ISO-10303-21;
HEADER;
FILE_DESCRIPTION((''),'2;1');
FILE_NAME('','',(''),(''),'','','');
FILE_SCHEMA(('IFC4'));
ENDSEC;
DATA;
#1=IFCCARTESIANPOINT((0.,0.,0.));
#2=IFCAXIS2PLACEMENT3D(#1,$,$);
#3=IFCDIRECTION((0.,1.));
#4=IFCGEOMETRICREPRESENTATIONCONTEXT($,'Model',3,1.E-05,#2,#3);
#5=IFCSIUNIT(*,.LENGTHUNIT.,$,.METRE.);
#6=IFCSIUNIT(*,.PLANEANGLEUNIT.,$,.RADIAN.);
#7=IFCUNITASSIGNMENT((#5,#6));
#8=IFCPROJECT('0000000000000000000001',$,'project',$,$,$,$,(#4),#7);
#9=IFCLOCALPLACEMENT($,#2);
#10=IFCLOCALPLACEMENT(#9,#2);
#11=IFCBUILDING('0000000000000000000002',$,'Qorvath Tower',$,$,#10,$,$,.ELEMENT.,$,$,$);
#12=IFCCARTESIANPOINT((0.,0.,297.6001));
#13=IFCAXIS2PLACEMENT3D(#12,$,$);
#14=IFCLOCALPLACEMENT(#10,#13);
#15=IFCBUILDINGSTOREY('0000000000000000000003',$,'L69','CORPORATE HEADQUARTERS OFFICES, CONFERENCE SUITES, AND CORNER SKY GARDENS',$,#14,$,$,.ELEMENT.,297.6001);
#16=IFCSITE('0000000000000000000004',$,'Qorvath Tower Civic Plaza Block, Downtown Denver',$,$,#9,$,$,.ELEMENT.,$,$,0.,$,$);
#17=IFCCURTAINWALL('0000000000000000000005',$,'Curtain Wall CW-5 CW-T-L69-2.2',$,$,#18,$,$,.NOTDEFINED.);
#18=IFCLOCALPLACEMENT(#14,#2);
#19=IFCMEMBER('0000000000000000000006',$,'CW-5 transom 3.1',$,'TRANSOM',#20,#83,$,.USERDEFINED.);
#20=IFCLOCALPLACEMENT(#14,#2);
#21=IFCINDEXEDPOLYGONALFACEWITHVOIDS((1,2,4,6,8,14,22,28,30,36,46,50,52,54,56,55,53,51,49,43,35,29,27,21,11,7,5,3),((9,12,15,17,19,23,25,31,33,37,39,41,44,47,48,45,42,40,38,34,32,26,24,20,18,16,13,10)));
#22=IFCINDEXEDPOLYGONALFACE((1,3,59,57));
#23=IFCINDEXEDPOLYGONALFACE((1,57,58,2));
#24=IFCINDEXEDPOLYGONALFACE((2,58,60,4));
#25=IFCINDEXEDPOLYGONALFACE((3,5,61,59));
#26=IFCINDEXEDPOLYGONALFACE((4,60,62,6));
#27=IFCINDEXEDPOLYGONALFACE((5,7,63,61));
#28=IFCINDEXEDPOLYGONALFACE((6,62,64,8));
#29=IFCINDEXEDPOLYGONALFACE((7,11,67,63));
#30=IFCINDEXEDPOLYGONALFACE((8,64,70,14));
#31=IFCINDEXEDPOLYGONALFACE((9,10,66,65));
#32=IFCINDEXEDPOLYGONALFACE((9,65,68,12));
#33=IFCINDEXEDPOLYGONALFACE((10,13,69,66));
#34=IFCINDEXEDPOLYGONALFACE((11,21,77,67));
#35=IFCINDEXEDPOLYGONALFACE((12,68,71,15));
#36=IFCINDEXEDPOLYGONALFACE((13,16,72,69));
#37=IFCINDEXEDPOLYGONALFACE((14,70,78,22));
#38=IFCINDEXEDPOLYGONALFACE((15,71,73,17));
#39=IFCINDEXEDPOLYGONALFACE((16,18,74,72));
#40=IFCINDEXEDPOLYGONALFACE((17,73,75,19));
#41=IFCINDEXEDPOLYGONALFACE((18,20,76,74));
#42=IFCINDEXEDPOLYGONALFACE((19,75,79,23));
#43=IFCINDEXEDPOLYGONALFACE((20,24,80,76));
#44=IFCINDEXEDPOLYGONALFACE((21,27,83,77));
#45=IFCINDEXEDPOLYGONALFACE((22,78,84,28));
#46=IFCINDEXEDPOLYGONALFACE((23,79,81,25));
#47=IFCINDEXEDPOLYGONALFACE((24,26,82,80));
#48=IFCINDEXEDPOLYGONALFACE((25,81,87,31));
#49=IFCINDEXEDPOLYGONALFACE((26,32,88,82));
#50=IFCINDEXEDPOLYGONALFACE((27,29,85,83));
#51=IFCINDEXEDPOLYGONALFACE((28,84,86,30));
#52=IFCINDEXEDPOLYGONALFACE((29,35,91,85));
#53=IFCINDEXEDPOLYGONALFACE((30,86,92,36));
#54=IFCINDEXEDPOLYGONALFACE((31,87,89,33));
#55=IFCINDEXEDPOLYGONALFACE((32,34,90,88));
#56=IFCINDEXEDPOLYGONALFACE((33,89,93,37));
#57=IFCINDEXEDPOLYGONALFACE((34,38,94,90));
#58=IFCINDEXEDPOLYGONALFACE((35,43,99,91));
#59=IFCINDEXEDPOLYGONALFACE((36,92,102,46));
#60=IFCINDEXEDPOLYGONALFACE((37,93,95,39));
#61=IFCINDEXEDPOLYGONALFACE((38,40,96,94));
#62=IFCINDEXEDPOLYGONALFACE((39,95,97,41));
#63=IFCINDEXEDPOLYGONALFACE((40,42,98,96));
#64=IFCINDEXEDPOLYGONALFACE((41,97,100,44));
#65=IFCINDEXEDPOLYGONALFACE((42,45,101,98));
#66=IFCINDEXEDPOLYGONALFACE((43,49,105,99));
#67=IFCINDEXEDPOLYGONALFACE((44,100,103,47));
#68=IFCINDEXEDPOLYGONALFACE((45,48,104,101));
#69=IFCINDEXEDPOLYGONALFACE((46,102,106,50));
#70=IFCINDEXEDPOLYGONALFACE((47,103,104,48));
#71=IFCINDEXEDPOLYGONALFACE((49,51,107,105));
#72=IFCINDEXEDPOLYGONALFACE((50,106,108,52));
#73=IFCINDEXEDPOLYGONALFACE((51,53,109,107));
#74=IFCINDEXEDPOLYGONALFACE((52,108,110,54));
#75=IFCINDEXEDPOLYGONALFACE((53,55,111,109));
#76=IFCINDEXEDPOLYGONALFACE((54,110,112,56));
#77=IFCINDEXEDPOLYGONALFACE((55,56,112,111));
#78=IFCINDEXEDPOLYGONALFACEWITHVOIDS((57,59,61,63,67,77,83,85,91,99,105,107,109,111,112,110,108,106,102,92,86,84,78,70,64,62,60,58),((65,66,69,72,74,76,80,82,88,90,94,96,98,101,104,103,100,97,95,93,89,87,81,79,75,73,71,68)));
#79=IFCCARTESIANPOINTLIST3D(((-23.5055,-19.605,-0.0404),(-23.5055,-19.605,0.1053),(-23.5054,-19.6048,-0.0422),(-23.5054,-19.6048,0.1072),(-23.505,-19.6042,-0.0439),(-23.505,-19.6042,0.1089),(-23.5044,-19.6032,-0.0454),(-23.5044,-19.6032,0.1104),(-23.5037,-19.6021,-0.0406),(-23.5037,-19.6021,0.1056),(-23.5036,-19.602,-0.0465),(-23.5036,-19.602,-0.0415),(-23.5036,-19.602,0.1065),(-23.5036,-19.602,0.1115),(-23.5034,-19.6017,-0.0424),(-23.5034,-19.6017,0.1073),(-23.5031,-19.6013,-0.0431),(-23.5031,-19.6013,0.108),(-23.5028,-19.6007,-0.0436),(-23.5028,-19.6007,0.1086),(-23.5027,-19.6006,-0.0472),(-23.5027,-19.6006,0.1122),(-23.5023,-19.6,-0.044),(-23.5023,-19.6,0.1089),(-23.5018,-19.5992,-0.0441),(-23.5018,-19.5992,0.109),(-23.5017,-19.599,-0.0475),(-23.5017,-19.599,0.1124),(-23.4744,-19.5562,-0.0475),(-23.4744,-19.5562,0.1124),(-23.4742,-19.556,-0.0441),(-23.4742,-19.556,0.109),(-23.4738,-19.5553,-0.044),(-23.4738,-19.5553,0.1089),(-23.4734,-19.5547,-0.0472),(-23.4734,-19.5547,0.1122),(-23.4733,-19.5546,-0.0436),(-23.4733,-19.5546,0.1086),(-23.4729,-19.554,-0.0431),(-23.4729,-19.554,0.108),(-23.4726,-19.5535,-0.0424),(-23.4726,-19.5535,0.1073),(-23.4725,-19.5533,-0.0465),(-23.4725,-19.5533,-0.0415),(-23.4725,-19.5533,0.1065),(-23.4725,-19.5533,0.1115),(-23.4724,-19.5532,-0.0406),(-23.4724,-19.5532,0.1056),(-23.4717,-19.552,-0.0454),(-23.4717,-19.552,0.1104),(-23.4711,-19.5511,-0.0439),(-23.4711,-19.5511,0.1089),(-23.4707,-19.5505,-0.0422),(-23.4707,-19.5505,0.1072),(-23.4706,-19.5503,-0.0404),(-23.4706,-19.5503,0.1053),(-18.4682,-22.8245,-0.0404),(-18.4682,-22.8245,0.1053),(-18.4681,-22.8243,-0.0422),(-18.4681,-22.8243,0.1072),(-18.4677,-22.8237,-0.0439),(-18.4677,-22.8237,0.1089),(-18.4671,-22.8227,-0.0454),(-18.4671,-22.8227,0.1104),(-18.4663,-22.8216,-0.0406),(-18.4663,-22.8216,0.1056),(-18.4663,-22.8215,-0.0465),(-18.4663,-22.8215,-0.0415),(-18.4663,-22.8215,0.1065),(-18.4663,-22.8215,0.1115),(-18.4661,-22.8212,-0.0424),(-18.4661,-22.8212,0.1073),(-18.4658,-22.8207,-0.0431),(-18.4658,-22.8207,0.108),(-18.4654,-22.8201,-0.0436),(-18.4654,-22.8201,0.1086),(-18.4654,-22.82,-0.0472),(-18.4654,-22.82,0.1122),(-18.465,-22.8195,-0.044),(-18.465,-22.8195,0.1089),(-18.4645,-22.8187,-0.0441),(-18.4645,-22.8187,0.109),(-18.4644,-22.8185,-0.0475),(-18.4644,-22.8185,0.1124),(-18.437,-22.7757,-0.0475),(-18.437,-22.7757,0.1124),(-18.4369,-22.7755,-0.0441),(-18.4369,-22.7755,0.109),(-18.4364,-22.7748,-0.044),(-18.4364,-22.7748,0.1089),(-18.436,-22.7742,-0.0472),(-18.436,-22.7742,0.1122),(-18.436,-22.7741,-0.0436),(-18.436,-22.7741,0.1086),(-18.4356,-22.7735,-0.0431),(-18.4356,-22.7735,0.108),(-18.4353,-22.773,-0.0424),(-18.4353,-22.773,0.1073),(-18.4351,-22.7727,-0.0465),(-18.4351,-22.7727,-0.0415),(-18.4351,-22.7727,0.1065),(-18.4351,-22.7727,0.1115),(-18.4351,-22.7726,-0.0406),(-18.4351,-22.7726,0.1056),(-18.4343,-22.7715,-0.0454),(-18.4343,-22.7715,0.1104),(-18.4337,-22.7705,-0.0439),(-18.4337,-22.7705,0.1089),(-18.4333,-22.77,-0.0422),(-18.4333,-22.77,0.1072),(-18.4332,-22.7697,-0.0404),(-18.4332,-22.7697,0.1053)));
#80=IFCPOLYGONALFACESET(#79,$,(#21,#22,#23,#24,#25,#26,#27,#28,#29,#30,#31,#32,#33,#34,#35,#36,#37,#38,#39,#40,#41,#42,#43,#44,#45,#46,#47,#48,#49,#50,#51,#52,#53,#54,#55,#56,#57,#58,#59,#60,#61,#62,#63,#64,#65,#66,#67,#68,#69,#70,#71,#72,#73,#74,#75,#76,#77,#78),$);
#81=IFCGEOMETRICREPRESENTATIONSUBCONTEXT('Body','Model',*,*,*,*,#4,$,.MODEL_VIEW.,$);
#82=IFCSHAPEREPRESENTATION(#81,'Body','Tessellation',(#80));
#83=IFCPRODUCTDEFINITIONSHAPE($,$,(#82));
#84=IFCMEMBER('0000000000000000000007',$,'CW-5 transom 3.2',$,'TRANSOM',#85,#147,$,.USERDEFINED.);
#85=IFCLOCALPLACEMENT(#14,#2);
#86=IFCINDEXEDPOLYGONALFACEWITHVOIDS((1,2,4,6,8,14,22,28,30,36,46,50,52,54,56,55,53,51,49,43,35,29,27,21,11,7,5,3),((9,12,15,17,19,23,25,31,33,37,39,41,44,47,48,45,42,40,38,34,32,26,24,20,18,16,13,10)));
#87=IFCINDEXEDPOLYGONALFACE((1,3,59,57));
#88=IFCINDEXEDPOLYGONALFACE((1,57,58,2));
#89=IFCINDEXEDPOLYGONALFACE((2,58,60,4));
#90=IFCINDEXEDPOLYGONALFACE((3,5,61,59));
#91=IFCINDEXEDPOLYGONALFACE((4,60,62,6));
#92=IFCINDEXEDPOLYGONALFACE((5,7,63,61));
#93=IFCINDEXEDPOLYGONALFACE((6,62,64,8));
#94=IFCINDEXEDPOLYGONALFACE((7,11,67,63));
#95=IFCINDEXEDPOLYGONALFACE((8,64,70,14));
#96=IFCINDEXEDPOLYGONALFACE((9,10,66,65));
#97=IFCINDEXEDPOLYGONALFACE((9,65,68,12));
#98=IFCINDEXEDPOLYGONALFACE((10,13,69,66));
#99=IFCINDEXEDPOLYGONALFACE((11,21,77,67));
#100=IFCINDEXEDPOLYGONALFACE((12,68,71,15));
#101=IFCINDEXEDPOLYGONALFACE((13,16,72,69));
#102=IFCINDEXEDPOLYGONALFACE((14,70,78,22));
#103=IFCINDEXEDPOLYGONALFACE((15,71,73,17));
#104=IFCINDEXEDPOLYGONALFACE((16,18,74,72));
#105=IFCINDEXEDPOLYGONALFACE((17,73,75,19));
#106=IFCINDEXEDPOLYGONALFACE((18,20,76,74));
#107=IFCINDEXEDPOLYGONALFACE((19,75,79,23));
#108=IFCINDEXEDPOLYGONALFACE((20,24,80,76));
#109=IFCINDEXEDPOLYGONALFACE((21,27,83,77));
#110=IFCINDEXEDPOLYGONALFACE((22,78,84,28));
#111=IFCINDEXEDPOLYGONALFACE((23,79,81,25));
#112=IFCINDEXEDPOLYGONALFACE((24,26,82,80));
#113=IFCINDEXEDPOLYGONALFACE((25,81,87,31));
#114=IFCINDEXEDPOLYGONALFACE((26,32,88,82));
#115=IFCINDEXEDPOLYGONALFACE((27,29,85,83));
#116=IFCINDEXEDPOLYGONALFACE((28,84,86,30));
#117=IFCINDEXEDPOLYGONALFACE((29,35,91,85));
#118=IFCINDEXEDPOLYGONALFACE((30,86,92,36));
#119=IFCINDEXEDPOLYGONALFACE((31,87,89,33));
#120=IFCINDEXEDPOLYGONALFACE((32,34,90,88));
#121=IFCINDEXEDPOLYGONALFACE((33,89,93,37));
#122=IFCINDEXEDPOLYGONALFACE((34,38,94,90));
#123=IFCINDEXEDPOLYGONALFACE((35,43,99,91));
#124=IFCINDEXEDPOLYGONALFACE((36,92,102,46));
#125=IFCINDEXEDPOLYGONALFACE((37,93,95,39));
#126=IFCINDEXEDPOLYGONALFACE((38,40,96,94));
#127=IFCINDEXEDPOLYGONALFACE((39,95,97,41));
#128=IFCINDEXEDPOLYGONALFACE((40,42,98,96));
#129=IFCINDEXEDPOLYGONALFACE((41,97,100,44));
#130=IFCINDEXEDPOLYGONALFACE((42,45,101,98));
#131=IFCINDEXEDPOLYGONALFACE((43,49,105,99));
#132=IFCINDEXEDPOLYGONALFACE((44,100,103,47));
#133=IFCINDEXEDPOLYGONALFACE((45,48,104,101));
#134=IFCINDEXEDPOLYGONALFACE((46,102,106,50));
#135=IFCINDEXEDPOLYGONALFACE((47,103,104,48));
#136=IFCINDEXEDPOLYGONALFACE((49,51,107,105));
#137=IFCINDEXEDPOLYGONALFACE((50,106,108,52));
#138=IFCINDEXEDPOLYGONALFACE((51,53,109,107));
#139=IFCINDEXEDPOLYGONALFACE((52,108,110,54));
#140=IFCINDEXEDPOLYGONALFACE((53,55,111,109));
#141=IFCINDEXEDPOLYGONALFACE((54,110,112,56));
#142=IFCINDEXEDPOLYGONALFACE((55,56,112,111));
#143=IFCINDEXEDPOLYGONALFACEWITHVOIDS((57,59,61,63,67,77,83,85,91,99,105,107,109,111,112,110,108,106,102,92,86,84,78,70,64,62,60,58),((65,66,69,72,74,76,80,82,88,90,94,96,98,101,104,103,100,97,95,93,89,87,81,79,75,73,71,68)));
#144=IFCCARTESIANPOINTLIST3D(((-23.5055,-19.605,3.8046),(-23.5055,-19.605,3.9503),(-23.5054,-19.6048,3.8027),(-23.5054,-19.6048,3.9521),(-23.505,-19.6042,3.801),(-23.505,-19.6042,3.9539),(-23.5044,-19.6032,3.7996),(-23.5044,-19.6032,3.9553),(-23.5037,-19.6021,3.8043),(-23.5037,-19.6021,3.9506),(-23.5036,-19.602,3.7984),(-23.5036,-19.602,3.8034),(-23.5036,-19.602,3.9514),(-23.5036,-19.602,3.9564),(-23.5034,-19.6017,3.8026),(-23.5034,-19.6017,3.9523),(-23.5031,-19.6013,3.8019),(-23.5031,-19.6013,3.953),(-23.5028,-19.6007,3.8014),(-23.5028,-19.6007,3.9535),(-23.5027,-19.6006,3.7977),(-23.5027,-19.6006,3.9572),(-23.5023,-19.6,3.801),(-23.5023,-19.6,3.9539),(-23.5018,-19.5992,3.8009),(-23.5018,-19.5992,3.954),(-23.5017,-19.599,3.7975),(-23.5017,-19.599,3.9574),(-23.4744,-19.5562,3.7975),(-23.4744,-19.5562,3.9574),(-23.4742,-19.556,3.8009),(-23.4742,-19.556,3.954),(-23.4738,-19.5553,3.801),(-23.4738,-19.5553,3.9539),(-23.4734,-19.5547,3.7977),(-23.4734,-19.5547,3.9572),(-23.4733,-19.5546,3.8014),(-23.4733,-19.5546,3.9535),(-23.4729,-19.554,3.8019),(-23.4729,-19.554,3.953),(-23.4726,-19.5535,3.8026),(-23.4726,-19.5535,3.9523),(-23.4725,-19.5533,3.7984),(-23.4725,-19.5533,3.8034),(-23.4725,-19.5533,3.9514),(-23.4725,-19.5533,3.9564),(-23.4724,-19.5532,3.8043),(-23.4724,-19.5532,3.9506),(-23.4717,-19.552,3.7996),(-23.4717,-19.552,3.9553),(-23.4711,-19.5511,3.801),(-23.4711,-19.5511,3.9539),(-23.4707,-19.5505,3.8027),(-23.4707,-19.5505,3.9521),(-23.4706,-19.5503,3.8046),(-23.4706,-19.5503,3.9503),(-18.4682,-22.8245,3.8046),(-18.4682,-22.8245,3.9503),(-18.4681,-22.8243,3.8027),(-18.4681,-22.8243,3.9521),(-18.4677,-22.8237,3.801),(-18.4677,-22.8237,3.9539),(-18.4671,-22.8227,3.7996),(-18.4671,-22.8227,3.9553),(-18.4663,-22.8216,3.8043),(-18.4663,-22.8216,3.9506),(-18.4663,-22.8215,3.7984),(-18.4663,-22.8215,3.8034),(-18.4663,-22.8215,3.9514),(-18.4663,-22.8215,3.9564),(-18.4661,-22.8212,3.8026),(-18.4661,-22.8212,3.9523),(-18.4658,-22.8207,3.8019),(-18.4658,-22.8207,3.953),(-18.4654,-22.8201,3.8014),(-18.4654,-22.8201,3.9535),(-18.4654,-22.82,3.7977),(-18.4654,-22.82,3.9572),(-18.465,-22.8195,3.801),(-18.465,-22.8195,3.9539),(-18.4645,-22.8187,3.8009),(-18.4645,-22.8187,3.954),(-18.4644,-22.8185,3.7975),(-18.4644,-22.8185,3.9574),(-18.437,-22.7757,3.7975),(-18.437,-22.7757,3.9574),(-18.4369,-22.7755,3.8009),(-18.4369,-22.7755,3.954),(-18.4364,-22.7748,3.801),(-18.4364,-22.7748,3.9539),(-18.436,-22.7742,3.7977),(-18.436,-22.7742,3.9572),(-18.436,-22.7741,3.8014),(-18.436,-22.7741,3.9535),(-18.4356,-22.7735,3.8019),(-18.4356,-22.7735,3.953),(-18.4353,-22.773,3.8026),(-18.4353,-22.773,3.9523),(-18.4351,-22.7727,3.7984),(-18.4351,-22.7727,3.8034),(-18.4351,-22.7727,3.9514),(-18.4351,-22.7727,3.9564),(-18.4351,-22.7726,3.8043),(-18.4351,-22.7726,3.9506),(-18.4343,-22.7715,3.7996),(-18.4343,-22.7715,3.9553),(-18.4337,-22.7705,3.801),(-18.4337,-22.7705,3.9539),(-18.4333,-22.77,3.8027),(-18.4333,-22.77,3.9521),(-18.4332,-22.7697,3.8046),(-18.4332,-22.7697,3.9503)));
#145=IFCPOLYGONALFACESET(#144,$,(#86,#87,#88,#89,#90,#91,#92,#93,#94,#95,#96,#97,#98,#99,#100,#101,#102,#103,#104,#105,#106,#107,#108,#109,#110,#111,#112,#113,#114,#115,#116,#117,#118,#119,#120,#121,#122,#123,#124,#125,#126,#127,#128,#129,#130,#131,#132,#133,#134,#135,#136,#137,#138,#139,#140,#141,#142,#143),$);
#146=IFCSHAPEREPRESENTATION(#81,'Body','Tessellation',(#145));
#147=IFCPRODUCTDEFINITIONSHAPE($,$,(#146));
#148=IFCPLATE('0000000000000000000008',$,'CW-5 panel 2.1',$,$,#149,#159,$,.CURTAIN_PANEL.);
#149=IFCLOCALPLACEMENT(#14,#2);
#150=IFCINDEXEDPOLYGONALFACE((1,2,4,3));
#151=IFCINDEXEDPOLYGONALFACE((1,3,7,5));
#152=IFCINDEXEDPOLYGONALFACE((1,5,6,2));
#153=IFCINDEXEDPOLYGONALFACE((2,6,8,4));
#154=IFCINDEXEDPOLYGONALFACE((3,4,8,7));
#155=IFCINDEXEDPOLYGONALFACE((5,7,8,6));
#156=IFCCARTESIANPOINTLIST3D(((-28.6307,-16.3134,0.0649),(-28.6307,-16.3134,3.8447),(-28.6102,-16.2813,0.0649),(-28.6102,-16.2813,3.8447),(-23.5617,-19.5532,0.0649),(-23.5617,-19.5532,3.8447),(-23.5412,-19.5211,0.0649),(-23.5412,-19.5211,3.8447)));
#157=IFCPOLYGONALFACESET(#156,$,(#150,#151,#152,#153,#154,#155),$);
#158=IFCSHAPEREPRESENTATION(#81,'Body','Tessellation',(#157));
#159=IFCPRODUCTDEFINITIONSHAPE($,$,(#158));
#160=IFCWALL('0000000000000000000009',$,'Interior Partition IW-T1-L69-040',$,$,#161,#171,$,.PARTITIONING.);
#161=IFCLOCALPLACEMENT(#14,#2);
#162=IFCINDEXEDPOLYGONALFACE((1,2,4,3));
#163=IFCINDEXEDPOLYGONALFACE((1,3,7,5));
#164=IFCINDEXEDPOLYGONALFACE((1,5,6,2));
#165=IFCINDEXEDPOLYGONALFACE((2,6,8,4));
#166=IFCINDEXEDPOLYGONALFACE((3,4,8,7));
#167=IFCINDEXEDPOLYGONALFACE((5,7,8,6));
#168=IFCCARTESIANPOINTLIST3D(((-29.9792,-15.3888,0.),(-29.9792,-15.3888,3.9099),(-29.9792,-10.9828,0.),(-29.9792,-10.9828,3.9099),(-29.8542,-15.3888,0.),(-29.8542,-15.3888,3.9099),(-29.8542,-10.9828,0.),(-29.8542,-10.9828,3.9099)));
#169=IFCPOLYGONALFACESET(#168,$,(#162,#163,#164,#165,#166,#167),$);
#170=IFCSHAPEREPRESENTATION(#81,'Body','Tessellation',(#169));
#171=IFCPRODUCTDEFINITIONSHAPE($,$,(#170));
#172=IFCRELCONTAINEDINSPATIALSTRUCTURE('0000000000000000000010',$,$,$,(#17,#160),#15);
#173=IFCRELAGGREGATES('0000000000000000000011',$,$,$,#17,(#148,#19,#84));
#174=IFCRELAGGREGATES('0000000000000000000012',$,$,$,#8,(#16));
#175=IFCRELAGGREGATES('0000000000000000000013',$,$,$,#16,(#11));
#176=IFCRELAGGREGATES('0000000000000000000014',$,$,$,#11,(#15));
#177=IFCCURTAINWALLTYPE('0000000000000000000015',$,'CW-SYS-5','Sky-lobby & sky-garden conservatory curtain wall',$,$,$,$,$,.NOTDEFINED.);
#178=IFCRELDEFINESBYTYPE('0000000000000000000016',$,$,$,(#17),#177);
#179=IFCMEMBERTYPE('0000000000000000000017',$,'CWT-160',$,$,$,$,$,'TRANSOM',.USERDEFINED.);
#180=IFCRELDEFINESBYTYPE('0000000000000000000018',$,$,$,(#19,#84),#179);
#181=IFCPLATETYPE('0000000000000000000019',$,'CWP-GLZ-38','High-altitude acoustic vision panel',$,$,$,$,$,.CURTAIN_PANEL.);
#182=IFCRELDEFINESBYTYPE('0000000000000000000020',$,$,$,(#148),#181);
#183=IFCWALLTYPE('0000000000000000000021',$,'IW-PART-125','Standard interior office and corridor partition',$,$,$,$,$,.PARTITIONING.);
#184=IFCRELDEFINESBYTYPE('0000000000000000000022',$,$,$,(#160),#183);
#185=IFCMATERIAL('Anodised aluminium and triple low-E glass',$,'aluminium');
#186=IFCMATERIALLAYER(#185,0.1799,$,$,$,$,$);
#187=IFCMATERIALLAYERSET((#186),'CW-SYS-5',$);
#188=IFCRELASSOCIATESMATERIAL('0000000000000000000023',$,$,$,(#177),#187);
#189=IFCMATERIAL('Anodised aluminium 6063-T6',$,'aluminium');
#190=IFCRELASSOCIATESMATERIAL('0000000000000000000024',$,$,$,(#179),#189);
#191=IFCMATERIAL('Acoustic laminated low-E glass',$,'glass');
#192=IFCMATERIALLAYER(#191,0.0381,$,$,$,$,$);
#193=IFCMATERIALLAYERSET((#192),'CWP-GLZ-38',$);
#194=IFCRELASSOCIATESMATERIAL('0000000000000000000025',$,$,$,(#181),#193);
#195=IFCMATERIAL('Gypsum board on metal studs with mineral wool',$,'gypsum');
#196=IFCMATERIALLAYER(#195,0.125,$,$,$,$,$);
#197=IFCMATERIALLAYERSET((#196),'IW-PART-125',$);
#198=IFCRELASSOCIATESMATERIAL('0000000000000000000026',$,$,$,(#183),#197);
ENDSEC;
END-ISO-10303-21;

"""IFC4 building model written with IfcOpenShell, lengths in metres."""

from ifc_helpers import new_model, si_unit, direction, frame, frame_2d, origin, origin_2d, place, context, subcontext, project, spatial, rectangle, hollow_rectangle, extrude, material, layer, layer_set, material_profile, profile_set, type_object, element, aggregate, save


model = new_model("IFC4")

# Units and contexts
model_context = context("Model", 3, precision=1e-05, world=origin(), true_north=direction((0.0, 1.0)))
body_context = subcontext(model_context, "Body", "Model", "MODEL_VIEW")
ifc_project = project(units=[si_unit("LENGTHUNIT", "METRE"), si_unit("PLANEANGLEUNIT", "RADIAN")], contexts=[model_context])

# Site, building, storey
site_placement = place(None, origin())
site = spatial("IfcSite", under=ifc_project, at=site_placement, Name="Qorvath Tower Civic Plaza Block, Downtown Denver", CompositionType="ELEMENT", RefElevation=0.0)
building_placement = place(site_placement, origin())
building = spatial("IfcBuilding", under=site, at=building_placement, Name="Qorvath Tower", CompositionType="ELEMENT")
storey_placement = place(building_placement, frame((0.0, 0.0, 297.6001)))
storey = spatial("IfcBuildingStorey", under=building, at=storey_placement, Name="L69", Description="CORPORATE HEADQUARTERS OFFICES, CONFERENCE SUITES, AND CORNER SKY GARDENS", CompositionType="ELEMENT", Elevation=297.6001)

# Curtain wall, members, plate
ifc_material_1 = material(Name="Anodised aluminium and triple low-E glass", Category="aluminium")
ifc_layer_1 = layer(ifc_material_1, 0.1799)
ifc_layer_set_1 = layer_set([ifc_layer_1], Name="CW-SYS-5")
curtain_wall_type = type_object("IfcCurtainWallType", Name="CW-SYS-5", Description="Sky-lobby & sky-garden conservatory curtain wall", PredefinedType="NOTDEFINED", material=ifc_layer_set_1)
curtain_wall_placement = place(storey_placement, origin())
curtain_wall = element("IfcCurtainWall", 1, at=curtain_wall_placement, inside=storey, type_object=curtain_wall_type, Name="Curtain Wall CW-5 CW-T-L69-2.2", PredefinedType="NOTDEFINED")
ifc_material_2 = material(Name="Anodised aluminium 6063-T6", Category="aluminium")
ifc_material_profile_1 = material_profile(ifc_material_2, hollow_rectangle(XDim=0.0649, YDim=0.1599, WallThickness=0.0034, InnerFilletRadius=0.0034, OuterFilletRadius=0.0071, at=origin_2d()), Name="CWT 160x65")
ifc_profile_set_1 = profile_set([ifc_material_profile_1], Name="Anodised aluminium 6063-T6")
member_type_1 = type_object("IfcMemberType", Name="CWT-160", ElementType="TRANSOM", PredefinedType="USERDEFINED", material=ifc_profile_set_1)
member_1_placement = place(storey_placement, frame((-23.488, -19.5776, 0.0325), z_axis=(0.842607, -0.538529, 0.0), x_axis=(0.538529, 0.842607, 0.0)))
member_1 = element("IfcMember", 2, at=member_1_placement, type_object=member_type_1, Name="CW-5 transom 3.1", ObjectType="TRANSOM", PredefinedType="USERDEFINED", context=body_context, shape_type="SweptSolid", body=[
    extrude(hollow_rectangle(XDim=0.0649, YDim=0.1599, WallThickness=0.0034, InnerFilletRadius=0.0034, OuterFilletRadius=0.0071, at=origin_2d()), origin(), (0.0, 0.0, 1.0), 5.9783),
])
member_2_placement = place(storey_placement, frame((-23.488, -19.5776, 3.8774), z_axis=(0.842607, -0.538529, 0.0), x_axis=(0.538529, 0.842607, 0.0)))
member_2 = element("IfcMember", 3, at=member_2_placement, type_object=member_type_1, Name="CW-5 transom 3.2", ObjectType="TRANSOM", PredefinedType="USERDEFINED", context=body_context, shape_type="SweptSolid", body=[
    extrude(hollow_rectangle(XDim=0.0649, YDim=0.1599, WallThickness=0.0034, InnerFilletRadius=0.0034, OuterFilletRadius=0.0071, at=origin_2d()), origin(), (0.0, 0.0, 1.0), 5.9783),
])
ifc_material_3 = material(Name="Acoustic laminated low-E glass", Category="glass")
ifc_layer_2 = layer(ifc_material_3, 0.0381)
ifc_layer_set_2 = layer_set([ifc_layer_2], Name="CWP-GLZ-38")
plate_type = type_object("IfcPlateType", Name="CWP-GLZ-38", Description="High-altitude acoustic vision panel", PredefinedType="CURTAIN_PANEL", material=ifc_layer_set_2)
plate_placement = place(storey_placement, frame((-26.0859, -17.9172, 0.0649), z_axis=(0.0, 0.0, 1.0), x_axis=(0.842604, -0.538534, 0.0)))
plate = element("IfcPlate", 4, at=plate_placement, type_object=plate_type, Name="CW-5 panel 2.1", PredefinedType="CURTAIN_PANEL", context=body_context, shape_type="SweptSolid", body=[
    extrude(rectangle(XDim=6.0159, YDim=0.0381, at=origin_2d()), origin(), (0.0, 0.0, 1.0), 3.7798),
])
aggregate(curtain_wall, [plate, member_1, member_2])

# Wall
ifc_material_4 = material(Name="Gypsum board on metal studs with mineral wool", Category="gypsum")
ifc_layer_3 = layer(ifc_material_4, 0.125)
ifc_layer_set_3 = layer_set([ifc_layer_3], Name="IW-PART-125")
wall_type_1 = type_object("IfcWallType", Name="IW-PART-125", Description="Standard interior office and corridor partition", PredefinedType="PARTITIONING", material=ifc_layer_set_3)
wall_1_placement = place(storey_placement, frame((-29.9167, -15.3889, 0.0), z_axis=(0.0, 0.0, 1.0), x_axis=(0.0, 1.0, 0.0)))
element("IfcWall", 5, at=wall_1_placement, inside=storey, type_object=wall_type_1, Name="Interior Partition IW-T1-L69-040", PredefinedType="PARTITIONING", context=body_context, shape_type="SweptSolid", body=[
    extrude(rectangle(XDim=4.406, YDim=0.125, at=frame_2d((2.2031, 0.0))), origin(), (0.0, 0.0, 1.0), 3.9099),
])

save(model, "model.ifc")
